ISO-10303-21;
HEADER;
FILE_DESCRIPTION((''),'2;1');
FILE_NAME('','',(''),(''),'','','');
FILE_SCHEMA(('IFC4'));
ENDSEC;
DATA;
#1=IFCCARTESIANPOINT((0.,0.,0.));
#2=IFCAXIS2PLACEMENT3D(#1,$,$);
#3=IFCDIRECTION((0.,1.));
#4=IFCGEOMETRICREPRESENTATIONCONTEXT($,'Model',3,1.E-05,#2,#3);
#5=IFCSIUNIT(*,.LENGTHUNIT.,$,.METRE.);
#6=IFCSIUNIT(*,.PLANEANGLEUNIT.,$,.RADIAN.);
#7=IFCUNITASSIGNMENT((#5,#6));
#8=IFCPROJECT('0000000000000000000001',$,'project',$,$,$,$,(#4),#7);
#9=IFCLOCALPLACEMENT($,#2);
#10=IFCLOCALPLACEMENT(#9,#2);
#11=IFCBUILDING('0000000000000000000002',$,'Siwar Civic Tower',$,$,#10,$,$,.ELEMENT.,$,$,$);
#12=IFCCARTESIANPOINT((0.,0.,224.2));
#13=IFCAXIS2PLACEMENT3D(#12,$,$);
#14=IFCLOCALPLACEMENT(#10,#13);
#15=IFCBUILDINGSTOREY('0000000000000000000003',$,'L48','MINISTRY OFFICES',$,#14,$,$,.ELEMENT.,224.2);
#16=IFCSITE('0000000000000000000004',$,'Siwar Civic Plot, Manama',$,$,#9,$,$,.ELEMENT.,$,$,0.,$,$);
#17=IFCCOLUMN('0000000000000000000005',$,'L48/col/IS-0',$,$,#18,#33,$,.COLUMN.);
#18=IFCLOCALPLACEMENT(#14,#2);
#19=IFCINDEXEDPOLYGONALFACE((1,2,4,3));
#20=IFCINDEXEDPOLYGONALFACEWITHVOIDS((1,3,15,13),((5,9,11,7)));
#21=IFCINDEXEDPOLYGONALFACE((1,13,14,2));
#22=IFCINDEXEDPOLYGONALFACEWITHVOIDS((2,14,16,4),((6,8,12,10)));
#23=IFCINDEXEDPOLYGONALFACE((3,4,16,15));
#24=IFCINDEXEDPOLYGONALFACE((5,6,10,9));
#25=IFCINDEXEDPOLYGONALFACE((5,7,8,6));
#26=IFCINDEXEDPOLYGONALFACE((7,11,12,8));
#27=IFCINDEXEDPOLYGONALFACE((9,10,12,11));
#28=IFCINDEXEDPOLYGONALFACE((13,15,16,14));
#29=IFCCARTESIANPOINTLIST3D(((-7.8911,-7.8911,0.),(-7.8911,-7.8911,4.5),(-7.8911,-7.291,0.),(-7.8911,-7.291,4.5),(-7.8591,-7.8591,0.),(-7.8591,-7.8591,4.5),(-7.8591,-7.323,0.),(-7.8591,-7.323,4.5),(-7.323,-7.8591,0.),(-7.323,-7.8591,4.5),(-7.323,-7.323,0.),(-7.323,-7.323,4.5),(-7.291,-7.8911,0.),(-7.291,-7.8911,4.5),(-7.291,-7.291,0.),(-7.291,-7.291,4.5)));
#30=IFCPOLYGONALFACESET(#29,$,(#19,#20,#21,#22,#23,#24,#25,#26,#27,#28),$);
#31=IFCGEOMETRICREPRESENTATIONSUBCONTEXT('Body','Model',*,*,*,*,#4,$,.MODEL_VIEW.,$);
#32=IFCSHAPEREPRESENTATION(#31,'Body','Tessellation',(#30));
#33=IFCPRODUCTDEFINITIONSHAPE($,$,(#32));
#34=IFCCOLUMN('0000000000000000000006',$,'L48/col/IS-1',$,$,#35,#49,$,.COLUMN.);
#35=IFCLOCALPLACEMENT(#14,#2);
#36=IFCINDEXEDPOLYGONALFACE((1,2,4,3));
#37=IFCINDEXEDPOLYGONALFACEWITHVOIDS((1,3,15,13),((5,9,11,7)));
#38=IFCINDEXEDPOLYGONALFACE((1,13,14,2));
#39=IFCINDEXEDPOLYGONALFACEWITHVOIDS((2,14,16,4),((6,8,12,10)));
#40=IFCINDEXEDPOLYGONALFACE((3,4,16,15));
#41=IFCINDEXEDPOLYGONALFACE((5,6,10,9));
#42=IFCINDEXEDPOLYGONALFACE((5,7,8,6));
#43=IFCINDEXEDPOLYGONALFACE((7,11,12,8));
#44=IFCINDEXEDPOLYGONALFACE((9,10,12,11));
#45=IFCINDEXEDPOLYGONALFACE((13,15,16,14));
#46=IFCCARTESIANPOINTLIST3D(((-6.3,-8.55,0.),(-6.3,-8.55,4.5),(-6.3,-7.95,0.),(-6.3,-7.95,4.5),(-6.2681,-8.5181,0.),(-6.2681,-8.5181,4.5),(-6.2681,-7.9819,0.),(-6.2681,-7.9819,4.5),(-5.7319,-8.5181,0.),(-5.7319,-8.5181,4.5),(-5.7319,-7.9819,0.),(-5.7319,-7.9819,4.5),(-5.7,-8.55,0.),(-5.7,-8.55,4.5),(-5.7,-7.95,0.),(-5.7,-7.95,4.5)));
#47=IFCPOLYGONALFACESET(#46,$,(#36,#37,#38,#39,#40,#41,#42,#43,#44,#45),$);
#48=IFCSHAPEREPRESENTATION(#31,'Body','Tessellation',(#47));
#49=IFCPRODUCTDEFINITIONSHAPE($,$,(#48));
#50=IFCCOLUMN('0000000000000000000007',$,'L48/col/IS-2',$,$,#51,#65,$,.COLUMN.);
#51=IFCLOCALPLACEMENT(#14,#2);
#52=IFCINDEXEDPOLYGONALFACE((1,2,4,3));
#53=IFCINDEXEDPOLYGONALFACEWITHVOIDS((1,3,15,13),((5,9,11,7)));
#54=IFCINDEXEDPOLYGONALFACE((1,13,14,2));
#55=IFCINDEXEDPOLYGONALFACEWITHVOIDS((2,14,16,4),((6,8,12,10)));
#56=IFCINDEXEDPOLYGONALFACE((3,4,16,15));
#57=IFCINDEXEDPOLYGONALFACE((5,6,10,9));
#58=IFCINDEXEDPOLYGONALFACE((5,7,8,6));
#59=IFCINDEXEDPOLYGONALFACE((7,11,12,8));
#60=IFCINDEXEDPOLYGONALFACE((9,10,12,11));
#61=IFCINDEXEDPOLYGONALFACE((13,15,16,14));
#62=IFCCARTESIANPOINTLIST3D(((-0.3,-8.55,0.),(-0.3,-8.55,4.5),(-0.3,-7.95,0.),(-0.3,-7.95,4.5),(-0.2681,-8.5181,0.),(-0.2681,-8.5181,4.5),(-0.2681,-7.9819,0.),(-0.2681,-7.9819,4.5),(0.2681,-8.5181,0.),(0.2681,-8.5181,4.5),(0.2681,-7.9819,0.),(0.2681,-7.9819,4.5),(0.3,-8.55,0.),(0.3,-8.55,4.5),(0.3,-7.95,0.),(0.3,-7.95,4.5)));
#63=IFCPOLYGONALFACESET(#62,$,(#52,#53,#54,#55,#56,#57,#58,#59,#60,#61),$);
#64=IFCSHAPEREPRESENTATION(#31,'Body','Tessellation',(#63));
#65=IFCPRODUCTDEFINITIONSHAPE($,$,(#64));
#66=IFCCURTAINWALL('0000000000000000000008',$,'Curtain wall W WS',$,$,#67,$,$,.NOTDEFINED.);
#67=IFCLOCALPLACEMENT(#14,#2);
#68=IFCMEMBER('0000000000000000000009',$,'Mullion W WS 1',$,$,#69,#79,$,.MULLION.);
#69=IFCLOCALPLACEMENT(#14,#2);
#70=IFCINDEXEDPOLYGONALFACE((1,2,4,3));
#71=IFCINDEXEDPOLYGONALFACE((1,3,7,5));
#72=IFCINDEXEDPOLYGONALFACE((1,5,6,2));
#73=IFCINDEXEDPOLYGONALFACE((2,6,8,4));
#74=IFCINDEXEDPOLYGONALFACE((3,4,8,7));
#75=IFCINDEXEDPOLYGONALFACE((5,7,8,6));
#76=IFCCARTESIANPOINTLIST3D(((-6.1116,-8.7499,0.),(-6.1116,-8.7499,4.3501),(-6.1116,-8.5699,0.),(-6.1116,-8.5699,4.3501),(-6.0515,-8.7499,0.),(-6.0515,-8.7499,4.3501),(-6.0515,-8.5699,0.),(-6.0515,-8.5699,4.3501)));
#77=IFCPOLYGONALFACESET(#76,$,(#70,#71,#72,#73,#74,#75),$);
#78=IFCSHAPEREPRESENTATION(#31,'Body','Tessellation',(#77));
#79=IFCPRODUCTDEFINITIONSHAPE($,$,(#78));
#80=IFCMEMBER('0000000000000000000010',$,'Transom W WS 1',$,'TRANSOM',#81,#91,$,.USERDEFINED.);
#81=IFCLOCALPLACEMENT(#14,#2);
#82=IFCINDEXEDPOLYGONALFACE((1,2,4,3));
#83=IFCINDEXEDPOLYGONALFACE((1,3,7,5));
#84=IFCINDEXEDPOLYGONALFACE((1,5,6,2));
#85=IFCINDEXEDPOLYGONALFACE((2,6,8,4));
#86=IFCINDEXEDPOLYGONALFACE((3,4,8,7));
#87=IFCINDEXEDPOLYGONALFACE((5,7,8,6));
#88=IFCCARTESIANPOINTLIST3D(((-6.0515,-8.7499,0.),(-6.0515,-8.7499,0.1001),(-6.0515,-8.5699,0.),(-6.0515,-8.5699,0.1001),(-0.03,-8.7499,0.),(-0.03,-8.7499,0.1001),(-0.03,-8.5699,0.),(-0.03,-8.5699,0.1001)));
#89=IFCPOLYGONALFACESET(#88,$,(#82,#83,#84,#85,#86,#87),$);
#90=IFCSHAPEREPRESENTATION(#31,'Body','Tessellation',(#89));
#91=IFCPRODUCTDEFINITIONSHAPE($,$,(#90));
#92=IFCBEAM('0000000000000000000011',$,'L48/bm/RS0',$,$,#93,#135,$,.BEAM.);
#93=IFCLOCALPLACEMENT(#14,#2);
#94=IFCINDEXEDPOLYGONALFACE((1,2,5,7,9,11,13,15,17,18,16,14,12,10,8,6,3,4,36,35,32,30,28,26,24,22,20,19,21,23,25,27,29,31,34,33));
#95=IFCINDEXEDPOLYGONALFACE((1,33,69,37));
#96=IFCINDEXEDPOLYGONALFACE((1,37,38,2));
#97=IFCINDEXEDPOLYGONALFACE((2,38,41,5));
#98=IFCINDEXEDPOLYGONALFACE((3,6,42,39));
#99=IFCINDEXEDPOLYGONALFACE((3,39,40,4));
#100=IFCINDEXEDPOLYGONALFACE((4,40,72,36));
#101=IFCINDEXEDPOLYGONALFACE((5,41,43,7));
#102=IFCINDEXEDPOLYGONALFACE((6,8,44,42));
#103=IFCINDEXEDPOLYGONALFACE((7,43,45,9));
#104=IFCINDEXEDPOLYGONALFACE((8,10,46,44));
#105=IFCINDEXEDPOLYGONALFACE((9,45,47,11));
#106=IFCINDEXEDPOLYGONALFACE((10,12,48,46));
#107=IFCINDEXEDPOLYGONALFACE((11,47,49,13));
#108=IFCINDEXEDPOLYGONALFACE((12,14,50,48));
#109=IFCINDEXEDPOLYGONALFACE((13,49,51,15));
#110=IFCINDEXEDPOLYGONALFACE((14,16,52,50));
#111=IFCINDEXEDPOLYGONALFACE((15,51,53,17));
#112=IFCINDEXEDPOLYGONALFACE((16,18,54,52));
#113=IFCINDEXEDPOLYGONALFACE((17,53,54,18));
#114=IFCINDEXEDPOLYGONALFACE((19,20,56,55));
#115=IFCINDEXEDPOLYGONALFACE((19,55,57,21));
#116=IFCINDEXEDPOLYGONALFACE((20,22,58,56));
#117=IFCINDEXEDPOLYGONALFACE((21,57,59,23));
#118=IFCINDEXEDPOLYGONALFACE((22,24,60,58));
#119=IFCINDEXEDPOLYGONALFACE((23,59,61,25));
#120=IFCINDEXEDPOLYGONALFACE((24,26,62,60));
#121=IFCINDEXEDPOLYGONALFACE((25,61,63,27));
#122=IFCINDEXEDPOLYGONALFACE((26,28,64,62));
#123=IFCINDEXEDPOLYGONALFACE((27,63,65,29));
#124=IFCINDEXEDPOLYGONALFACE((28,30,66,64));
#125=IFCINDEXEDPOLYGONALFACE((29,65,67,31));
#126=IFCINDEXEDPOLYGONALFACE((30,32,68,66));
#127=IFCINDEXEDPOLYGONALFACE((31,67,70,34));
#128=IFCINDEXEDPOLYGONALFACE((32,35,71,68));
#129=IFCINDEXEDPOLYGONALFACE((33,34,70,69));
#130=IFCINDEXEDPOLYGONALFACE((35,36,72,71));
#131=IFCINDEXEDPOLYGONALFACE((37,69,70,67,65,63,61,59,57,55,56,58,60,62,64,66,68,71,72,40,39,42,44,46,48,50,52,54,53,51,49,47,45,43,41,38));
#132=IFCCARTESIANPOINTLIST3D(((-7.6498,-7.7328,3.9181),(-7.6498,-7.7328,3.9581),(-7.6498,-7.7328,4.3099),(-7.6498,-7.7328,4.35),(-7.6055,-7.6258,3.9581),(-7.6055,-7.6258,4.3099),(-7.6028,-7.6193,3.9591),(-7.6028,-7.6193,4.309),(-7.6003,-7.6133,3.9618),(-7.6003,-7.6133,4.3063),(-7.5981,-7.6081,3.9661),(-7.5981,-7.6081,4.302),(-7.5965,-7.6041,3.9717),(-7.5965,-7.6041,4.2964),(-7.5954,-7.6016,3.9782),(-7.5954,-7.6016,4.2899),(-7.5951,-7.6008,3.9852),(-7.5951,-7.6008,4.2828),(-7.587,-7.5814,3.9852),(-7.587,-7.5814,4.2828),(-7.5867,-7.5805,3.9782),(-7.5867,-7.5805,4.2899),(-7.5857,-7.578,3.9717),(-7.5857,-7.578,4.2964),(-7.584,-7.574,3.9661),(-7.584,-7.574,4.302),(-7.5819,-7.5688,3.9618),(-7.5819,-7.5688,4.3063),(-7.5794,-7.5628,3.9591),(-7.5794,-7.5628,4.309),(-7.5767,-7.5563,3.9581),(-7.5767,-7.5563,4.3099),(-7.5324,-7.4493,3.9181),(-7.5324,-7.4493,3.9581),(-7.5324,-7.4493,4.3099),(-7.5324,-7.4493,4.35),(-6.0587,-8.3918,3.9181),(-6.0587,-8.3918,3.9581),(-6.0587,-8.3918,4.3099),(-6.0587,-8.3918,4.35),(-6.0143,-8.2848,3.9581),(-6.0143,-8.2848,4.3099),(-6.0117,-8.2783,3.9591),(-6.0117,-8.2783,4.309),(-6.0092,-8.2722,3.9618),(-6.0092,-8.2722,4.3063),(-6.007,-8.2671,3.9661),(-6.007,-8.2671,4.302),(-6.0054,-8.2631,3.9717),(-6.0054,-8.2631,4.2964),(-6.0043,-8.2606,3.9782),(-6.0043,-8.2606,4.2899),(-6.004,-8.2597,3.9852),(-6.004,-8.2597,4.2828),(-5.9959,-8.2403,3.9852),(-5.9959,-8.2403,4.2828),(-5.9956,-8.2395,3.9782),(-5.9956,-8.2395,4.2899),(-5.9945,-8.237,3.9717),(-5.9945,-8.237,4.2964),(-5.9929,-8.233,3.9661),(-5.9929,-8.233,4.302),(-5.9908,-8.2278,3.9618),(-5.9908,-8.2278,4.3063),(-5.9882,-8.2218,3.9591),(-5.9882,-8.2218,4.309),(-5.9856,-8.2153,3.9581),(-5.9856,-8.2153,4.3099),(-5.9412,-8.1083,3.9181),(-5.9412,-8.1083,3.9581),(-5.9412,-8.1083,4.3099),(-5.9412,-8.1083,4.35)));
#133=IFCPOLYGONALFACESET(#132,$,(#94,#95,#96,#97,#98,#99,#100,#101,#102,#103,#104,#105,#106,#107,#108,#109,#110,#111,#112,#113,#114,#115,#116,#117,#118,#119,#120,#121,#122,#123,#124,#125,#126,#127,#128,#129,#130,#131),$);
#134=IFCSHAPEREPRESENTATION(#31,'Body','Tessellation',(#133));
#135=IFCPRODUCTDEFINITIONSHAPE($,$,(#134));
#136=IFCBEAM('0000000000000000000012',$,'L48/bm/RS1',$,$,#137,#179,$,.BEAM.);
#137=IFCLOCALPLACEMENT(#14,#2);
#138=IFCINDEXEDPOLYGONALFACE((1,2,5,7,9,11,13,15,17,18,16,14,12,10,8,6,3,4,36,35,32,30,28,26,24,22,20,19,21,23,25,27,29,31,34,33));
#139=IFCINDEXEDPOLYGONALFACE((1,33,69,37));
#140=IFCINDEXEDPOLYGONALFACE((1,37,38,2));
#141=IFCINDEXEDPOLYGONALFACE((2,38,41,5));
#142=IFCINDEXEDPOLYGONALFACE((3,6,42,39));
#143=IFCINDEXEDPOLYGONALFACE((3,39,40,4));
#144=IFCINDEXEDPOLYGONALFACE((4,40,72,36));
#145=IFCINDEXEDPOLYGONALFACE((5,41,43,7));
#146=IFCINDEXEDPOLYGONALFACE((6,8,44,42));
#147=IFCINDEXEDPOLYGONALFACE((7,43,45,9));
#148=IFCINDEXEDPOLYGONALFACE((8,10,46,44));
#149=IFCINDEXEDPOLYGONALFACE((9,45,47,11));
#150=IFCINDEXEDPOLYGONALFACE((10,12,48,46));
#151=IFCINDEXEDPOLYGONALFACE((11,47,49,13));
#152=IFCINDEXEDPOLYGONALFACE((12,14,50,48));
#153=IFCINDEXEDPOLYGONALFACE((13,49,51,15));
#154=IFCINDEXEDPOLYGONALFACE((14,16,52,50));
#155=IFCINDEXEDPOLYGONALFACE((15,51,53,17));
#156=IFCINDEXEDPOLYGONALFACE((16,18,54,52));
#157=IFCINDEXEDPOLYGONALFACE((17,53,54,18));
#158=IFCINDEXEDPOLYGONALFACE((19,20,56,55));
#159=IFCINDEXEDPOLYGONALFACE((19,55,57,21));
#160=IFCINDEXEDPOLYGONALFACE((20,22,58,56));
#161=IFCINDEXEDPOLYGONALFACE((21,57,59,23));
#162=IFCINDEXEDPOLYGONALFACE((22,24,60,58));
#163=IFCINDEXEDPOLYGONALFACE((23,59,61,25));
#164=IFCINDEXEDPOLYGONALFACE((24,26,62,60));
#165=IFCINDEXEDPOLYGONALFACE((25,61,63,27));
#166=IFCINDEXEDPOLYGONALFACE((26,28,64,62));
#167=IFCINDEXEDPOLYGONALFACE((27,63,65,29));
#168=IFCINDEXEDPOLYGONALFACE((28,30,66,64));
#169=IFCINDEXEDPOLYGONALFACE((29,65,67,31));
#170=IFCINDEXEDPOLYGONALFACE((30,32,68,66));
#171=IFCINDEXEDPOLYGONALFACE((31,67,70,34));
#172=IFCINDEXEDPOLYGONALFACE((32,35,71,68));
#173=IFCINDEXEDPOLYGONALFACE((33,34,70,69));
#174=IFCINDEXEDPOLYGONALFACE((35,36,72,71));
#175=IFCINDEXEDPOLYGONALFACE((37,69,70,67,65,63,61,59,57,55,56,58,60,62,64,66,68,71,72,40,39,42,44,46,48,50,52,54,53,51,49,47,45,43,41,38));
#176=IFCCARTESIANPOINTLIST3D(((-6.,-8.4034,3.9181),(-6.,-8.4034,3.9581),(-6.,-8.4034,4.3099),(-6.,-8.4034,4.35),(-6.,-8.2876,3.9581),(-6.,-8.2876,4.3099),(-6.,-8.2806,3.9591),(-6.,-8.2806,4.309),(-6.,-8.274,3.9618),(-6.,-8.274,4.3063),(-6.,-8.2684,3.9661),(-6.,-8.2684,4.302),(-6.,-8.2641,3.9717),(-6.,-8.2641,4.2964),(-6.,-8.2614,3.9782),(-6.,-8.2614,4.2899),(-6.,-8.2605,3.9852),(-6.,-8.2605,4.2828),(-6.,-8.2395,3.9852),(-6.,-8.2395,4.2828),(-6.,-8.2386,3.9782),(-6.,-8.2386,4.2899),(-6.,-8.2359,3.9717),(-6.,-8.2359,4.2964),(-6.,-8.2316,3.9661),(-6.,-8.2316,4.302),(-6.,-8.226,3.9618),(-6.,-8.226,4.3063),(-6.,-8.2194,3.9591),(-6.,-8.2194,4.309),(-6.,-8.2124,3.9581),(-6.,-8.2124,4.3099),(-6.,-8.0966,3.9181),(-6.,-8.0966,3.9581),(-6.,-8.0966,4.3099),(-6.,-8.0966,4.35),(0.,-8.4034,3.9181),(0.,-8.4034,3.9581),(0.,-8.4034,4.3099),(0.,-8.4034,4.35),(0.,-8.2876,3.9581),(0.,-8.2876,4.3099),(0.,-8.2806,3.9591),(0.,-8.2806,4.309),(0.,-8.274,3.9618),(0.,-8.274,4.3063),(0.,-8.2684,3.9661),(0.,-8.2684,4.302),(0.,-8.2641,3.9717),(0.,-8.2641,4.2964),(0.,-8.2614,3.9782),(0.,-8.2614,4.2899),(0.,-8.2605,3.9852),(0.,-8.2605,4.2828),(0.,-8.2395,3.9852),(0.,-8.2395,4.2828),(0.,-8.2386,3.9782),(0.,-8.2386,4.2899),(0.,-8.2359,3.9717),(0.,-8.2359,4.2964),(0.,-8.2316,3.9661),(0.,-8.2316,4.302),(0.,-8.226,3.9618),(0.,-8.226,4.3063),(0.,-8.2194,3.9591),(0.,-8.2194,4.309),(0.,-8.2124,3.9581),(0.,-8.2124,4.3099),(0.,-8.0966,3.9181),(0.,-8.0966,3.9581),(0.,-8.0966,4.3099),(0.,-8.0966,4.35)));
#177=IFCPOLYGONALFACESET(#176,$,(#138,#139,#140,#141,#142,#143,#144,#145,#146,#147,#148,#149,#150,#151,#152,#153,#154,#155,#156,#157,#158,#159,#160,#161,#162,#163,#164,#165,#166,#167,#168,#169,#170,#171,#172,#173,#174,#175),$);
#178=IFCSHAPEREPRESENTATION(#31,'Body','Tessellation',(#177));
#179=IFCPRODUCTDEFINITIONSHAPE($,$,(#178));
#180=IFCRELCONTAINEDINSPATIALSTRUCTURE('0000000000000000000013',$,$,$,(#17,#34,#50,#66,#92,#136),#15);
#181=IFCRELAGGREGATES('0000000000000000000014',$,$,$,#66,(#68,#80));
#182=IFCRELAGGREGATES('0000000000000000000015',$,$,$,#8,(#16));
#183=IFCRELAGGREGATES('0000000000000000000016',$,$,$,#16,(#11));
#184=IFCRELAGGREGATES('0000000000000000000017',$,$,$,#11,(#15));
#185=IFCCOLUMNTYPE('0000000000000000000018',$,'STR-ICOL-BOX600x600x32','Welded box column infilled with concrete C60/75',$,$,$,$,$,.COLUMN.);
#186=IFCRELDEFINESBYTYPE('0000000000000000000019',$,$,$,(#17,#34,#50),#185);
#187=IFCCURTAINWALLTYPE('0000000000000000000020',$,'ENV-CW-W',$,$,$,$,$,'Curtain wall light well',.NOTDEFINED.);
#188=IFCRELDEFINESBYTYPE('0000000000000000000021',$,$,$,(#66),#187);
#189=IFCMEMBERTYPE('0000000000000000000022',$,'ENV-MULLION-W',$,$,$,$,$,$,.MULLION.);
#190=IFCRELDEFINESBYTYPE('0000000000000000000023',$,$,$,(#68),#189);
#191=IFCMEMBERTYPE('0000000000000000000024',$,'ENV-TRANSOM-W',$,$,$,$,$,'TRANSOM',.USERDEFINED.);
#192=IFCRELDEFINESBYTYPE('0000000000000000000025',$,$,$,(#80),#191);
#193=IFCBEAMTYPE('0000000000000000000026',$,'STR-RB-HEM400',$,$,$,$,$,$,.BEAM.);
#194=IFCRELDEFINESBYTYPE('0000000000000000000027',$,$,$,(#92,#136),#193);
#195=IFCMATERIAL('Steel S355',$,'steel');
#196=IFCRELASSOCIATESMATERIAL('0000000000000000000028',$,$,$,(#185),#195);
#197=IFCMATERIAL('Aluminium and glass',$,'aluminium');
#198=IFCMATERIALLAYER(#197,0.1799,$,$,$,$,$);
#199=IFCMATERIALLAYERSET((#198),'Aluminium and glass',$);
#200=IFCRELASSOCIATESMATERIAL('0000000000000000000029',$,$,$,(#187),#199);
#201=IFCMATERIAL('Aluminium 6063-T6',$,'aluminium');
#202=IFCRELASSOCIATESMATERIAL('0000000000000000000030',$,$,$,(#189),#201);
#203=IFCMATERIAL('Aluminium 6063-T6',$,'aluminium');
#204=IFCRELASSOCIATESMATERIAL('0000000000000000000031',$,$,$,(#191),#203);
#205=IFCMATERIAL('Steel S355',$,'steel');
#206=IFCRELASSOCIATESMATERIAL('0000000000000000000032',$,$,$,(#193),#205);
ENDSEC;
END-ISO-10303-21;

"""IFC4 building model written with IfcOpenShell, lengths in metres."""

from ifc_helpers import new_model, si_unit, direction, frame, origin, origin_2d, place, context, subcontext, project, spatial, rectangle, hollow_rectangle, i_section, extrude, material, layer, layer_set, material_profile, profile_set, type_object, element, aggregate, save


model = new_model("IFC4")

# Units and contexts
model_context = context("Model", 3, precision=1e-05, world=origin(), true_north=direction((0.0, 1.0)))
body_context = subcontext(model_context, "Body", "Model", "MODEL_VIEW")
ifc_project = project(units=[si_unit("LENGTHUNIT", "METRE"), si_unit("PLANEANGLEUNIT", "RADIAN")], contexts=[model_context])

# Site, building, storey
site_placement = place(None, origin())
site = spatial("IfcSite", under=ifc_project, at=site_placement, Name="Siwar Civic Plot, Manama", CompositionType="ELEMENT", RefElevation=0.0)
building_placement = place(site_placement, origin())
building = spatial("IfcBuilding", under=site, at=building_placement, Name="Siwar Civic Tower", CompositionType="ELEMENT")
storey_placement = place(building_placement, frame((0.0, 0.0, 224.2)))
storey = spatial("IfcBuildingStorey", under=building, at=storey_placement, Name="L48", Description="MINISTRY OFFICES", CompositionType="ELEMENT", Elevation=224.2)

# Columns
ifc_material_1 = material(Name="Steel S355", Category="steel")
ifc_material_profile_1 = material_profile(ifc_material_1, hollow_rectangle(XDim=0.6001, YDim=0.6001, WallThickness=0.032, at=origin_2d()), Name="BOX600x600x32")
ifc_profile_set_1 = profile_set([ifc_material_profile_1], Name="Steel S355")
column_type = type_object("IfcColumnType", Name="STR-ICOL-BOX600x600x32", Description="Welded box column infilled with concrete C60/75", PredefinedType="COLUMN", material=ifc_profile_set_1)
for number, where, z_axis, x_axis, name in (
    (1, (-7.5911, -7.5911, 0.0), (0.0, 0.0, 1.0), (1.0, 0.0, 0.0), "L48/col/IS-0"),
    (2, (-6.0, -8.25, 0.0), (0.0, 0.0, 1.0), (1.0, 0.0, 0.0), "L48/col/IS-1"),
    (3, (0.0, -8.25, 0.0), (0.0, 0.0, 1.0), (1.0, 0.0, 0.0), "L48/col/IS-2"),
):
    element("IfcColumn", number, at=place(storey_placement, frame(where, z_axis=z_axis, x_axis=x_axis)), inside=storey, type_object=column_type, Name=name, PredefinedType="COLUMN", context=body_context, shape_type="SweptSolid", body=[
        extrude(hollow_rectangle(XDim=0.6001, YDim=0.6001, WallThickness=0.032, at=origin_2d()), origin(), (0.0, 0.0, 1.0), 4.5),
    ])

# Curtain wall, members
ifc_material_2 = material(Name="Aluminium and glass", Category="aluminium")
ifc_layer_1 = layer(ifc_material_2, 0.1799)
ifc_layer_set_1 = layer_set([ifc_layer_1], Name="Aluminium and glass")
curtain_wall_type = type_object("IfcCurtainWallType", Name="ENV-CW-W", ElementType="Curtain wall light well", PredefinedType="NOTDEFINED", material=ifc_layer_set_1)
curtain_wall_placement = place(storey_placement, origin())
curtain_wall = element("IfcCurtainWall", 4, at=curtain_wall_placement, inside=storey, type_object=curtain_wall_type, Name="Curtain wall W WS", PredefinedType="NOTDEFINED")
ifc_material_3 = material(Name="Aluminium 6063-T6", Category="aluminium")
ifc_material_profile_2 = material_profile(ifc_material_3, rectangle(XDim=0.1799, YDim=0.0601, at=origin_2d()), Name="AL 180x60")
ifc_profile_set_2 = profile_set([ifc_material_profile_2], Name="Aluminium 6063-T6")
member_type_1 = type_object("IfcMemberType", Name="ENV-MULLION-W", PredefinedType="MULLION", material=ifc_profile_set_2)
member_1_placement = place(storey_placement, frame((-6.0815, -8.6599, 0.0), z_axis=(0.0, 0.0, 1.0), x_axis=(0.0, 1.0, 0.0)))
member_1 = element("IfcMember", 5, at=member_1_placement, type_object=member_type_1, Name="Mullion W WS 1", PredefinedType="MULLION", context=body_context, shape_type="SweptSolid", body=[
    extrude(rectangle(XDim=0.1799, YDim=0.0601, at=origin_2d()), origin(), (0.0, 0.0, 1.0), 4.3501),
])
ifc_material_4 = material(Name="Aluminium 6063-T6", Category="aluminium")
ifc_material_profile_3 = material_profile(ifc_material_4, rectangle(XDim=0.1799, YDim=0.1001, at=origin_2d()), Name="AL 180x100")
ifc_profile_set_3 = profile_set([ifc_material_profile_3], Name="Aluminium 6063-T6")
member_type_2 = type_object("IfcMemberType", Name="ENV-TRANSOM-W", ElementType="TRANSOM", PredefinedType="USERDEFINED", material=ifc_profile_set_3)
member_2_placement = place(storey_placement, frame((-6.0515, -8.6599, 0.05), z_axis=(1.0, 0.0, 0.0), x_axis=(0.0, 1.0, 0.0)))
member_2 = element("IfcMember", 6, at=member_2_placement, type_object=member_type_2, Name="Transom W WS 1", ObjectType="TRANSOM", PredefinedType="USERDEFINED", context=body_context, shape_type="SweptSolid", body=[
    extrude(rectangle(XDim=0.1799, YDim=0.1001, at=origin_2d()), origin(), (0.0, 0.0, 1.0), 6.0215),
])

# Beams
ifc_material_5 = material(Name="Steel S355", Category="steel")
ifc_material_profile_4 = material_profile(ifc_material_5, i_section(OverallWidth=0.3069, OverallDepth=0.4319, WebThickness=0.021, FlangeThickness=0.04, FilletRadius=0.0271, at=origin_2d()), Name="HEM400")
ifc_profile_set_4 = profile_set([ifc_material_profile_4], Name="Steel S355")
beam_type = type_object("IfcBeamType", Name="STR-RB-HEM400", PredefinedType="BEAM", material=ifc_profile_set_4)
beam_1_placement = place(storey_placement, frame((-7.5911, -7.5911, 4.134), z_axis=(0.923901, -0.382631, 0.0), x_axis=(0.382631, 0.923901, 0.0)))
element("IfcBeam", 7, at=beam_1_placement, inside=storey, type_object=beam_type, Name="L48/bm/RS0", PredefinedType="BEAM", context=body_context, shape_type="SweptSolid", body=[
    extrude(i_section(OverallWidth=0.3069, OverallDepth=0.4319, WebThickness=0.021, FlangeThickness=0.04, FilletRadius=0.0271, at=origin_2d()), origin(), (0.0, 0.0, 1.0), 1.7222),
])
for number, where, z_axis, x_axis, name in (
    (8, (-6.0, -8.25, 4.134), (1.0, 0.0, 0.0), (0.0, 1.0, 0.0), "L48/bm/RS1"),
):
    element("IfcBeam", number, at=place(storey_placement, frame(where, z_axis=z_axis, x_axis=x_axis)), inside=storey, type_object=beam_type, Name=name, PredefinedType="BEAM", context=body_context, shape_type="SweptSolid", body=[
        extrude(i_section(OverallWidth=0.3069, OverallDepth=0.4319, WebThickness=0.021, FlangeThickness=0.04, FilletRadius=0.0271, at=origin_2d()), origin(), (0.0, 0.0, 1.0), 6.0),
    ])

aggregate(curtain_wall, [member_1, member_2])

save(model, "model.ifc")
